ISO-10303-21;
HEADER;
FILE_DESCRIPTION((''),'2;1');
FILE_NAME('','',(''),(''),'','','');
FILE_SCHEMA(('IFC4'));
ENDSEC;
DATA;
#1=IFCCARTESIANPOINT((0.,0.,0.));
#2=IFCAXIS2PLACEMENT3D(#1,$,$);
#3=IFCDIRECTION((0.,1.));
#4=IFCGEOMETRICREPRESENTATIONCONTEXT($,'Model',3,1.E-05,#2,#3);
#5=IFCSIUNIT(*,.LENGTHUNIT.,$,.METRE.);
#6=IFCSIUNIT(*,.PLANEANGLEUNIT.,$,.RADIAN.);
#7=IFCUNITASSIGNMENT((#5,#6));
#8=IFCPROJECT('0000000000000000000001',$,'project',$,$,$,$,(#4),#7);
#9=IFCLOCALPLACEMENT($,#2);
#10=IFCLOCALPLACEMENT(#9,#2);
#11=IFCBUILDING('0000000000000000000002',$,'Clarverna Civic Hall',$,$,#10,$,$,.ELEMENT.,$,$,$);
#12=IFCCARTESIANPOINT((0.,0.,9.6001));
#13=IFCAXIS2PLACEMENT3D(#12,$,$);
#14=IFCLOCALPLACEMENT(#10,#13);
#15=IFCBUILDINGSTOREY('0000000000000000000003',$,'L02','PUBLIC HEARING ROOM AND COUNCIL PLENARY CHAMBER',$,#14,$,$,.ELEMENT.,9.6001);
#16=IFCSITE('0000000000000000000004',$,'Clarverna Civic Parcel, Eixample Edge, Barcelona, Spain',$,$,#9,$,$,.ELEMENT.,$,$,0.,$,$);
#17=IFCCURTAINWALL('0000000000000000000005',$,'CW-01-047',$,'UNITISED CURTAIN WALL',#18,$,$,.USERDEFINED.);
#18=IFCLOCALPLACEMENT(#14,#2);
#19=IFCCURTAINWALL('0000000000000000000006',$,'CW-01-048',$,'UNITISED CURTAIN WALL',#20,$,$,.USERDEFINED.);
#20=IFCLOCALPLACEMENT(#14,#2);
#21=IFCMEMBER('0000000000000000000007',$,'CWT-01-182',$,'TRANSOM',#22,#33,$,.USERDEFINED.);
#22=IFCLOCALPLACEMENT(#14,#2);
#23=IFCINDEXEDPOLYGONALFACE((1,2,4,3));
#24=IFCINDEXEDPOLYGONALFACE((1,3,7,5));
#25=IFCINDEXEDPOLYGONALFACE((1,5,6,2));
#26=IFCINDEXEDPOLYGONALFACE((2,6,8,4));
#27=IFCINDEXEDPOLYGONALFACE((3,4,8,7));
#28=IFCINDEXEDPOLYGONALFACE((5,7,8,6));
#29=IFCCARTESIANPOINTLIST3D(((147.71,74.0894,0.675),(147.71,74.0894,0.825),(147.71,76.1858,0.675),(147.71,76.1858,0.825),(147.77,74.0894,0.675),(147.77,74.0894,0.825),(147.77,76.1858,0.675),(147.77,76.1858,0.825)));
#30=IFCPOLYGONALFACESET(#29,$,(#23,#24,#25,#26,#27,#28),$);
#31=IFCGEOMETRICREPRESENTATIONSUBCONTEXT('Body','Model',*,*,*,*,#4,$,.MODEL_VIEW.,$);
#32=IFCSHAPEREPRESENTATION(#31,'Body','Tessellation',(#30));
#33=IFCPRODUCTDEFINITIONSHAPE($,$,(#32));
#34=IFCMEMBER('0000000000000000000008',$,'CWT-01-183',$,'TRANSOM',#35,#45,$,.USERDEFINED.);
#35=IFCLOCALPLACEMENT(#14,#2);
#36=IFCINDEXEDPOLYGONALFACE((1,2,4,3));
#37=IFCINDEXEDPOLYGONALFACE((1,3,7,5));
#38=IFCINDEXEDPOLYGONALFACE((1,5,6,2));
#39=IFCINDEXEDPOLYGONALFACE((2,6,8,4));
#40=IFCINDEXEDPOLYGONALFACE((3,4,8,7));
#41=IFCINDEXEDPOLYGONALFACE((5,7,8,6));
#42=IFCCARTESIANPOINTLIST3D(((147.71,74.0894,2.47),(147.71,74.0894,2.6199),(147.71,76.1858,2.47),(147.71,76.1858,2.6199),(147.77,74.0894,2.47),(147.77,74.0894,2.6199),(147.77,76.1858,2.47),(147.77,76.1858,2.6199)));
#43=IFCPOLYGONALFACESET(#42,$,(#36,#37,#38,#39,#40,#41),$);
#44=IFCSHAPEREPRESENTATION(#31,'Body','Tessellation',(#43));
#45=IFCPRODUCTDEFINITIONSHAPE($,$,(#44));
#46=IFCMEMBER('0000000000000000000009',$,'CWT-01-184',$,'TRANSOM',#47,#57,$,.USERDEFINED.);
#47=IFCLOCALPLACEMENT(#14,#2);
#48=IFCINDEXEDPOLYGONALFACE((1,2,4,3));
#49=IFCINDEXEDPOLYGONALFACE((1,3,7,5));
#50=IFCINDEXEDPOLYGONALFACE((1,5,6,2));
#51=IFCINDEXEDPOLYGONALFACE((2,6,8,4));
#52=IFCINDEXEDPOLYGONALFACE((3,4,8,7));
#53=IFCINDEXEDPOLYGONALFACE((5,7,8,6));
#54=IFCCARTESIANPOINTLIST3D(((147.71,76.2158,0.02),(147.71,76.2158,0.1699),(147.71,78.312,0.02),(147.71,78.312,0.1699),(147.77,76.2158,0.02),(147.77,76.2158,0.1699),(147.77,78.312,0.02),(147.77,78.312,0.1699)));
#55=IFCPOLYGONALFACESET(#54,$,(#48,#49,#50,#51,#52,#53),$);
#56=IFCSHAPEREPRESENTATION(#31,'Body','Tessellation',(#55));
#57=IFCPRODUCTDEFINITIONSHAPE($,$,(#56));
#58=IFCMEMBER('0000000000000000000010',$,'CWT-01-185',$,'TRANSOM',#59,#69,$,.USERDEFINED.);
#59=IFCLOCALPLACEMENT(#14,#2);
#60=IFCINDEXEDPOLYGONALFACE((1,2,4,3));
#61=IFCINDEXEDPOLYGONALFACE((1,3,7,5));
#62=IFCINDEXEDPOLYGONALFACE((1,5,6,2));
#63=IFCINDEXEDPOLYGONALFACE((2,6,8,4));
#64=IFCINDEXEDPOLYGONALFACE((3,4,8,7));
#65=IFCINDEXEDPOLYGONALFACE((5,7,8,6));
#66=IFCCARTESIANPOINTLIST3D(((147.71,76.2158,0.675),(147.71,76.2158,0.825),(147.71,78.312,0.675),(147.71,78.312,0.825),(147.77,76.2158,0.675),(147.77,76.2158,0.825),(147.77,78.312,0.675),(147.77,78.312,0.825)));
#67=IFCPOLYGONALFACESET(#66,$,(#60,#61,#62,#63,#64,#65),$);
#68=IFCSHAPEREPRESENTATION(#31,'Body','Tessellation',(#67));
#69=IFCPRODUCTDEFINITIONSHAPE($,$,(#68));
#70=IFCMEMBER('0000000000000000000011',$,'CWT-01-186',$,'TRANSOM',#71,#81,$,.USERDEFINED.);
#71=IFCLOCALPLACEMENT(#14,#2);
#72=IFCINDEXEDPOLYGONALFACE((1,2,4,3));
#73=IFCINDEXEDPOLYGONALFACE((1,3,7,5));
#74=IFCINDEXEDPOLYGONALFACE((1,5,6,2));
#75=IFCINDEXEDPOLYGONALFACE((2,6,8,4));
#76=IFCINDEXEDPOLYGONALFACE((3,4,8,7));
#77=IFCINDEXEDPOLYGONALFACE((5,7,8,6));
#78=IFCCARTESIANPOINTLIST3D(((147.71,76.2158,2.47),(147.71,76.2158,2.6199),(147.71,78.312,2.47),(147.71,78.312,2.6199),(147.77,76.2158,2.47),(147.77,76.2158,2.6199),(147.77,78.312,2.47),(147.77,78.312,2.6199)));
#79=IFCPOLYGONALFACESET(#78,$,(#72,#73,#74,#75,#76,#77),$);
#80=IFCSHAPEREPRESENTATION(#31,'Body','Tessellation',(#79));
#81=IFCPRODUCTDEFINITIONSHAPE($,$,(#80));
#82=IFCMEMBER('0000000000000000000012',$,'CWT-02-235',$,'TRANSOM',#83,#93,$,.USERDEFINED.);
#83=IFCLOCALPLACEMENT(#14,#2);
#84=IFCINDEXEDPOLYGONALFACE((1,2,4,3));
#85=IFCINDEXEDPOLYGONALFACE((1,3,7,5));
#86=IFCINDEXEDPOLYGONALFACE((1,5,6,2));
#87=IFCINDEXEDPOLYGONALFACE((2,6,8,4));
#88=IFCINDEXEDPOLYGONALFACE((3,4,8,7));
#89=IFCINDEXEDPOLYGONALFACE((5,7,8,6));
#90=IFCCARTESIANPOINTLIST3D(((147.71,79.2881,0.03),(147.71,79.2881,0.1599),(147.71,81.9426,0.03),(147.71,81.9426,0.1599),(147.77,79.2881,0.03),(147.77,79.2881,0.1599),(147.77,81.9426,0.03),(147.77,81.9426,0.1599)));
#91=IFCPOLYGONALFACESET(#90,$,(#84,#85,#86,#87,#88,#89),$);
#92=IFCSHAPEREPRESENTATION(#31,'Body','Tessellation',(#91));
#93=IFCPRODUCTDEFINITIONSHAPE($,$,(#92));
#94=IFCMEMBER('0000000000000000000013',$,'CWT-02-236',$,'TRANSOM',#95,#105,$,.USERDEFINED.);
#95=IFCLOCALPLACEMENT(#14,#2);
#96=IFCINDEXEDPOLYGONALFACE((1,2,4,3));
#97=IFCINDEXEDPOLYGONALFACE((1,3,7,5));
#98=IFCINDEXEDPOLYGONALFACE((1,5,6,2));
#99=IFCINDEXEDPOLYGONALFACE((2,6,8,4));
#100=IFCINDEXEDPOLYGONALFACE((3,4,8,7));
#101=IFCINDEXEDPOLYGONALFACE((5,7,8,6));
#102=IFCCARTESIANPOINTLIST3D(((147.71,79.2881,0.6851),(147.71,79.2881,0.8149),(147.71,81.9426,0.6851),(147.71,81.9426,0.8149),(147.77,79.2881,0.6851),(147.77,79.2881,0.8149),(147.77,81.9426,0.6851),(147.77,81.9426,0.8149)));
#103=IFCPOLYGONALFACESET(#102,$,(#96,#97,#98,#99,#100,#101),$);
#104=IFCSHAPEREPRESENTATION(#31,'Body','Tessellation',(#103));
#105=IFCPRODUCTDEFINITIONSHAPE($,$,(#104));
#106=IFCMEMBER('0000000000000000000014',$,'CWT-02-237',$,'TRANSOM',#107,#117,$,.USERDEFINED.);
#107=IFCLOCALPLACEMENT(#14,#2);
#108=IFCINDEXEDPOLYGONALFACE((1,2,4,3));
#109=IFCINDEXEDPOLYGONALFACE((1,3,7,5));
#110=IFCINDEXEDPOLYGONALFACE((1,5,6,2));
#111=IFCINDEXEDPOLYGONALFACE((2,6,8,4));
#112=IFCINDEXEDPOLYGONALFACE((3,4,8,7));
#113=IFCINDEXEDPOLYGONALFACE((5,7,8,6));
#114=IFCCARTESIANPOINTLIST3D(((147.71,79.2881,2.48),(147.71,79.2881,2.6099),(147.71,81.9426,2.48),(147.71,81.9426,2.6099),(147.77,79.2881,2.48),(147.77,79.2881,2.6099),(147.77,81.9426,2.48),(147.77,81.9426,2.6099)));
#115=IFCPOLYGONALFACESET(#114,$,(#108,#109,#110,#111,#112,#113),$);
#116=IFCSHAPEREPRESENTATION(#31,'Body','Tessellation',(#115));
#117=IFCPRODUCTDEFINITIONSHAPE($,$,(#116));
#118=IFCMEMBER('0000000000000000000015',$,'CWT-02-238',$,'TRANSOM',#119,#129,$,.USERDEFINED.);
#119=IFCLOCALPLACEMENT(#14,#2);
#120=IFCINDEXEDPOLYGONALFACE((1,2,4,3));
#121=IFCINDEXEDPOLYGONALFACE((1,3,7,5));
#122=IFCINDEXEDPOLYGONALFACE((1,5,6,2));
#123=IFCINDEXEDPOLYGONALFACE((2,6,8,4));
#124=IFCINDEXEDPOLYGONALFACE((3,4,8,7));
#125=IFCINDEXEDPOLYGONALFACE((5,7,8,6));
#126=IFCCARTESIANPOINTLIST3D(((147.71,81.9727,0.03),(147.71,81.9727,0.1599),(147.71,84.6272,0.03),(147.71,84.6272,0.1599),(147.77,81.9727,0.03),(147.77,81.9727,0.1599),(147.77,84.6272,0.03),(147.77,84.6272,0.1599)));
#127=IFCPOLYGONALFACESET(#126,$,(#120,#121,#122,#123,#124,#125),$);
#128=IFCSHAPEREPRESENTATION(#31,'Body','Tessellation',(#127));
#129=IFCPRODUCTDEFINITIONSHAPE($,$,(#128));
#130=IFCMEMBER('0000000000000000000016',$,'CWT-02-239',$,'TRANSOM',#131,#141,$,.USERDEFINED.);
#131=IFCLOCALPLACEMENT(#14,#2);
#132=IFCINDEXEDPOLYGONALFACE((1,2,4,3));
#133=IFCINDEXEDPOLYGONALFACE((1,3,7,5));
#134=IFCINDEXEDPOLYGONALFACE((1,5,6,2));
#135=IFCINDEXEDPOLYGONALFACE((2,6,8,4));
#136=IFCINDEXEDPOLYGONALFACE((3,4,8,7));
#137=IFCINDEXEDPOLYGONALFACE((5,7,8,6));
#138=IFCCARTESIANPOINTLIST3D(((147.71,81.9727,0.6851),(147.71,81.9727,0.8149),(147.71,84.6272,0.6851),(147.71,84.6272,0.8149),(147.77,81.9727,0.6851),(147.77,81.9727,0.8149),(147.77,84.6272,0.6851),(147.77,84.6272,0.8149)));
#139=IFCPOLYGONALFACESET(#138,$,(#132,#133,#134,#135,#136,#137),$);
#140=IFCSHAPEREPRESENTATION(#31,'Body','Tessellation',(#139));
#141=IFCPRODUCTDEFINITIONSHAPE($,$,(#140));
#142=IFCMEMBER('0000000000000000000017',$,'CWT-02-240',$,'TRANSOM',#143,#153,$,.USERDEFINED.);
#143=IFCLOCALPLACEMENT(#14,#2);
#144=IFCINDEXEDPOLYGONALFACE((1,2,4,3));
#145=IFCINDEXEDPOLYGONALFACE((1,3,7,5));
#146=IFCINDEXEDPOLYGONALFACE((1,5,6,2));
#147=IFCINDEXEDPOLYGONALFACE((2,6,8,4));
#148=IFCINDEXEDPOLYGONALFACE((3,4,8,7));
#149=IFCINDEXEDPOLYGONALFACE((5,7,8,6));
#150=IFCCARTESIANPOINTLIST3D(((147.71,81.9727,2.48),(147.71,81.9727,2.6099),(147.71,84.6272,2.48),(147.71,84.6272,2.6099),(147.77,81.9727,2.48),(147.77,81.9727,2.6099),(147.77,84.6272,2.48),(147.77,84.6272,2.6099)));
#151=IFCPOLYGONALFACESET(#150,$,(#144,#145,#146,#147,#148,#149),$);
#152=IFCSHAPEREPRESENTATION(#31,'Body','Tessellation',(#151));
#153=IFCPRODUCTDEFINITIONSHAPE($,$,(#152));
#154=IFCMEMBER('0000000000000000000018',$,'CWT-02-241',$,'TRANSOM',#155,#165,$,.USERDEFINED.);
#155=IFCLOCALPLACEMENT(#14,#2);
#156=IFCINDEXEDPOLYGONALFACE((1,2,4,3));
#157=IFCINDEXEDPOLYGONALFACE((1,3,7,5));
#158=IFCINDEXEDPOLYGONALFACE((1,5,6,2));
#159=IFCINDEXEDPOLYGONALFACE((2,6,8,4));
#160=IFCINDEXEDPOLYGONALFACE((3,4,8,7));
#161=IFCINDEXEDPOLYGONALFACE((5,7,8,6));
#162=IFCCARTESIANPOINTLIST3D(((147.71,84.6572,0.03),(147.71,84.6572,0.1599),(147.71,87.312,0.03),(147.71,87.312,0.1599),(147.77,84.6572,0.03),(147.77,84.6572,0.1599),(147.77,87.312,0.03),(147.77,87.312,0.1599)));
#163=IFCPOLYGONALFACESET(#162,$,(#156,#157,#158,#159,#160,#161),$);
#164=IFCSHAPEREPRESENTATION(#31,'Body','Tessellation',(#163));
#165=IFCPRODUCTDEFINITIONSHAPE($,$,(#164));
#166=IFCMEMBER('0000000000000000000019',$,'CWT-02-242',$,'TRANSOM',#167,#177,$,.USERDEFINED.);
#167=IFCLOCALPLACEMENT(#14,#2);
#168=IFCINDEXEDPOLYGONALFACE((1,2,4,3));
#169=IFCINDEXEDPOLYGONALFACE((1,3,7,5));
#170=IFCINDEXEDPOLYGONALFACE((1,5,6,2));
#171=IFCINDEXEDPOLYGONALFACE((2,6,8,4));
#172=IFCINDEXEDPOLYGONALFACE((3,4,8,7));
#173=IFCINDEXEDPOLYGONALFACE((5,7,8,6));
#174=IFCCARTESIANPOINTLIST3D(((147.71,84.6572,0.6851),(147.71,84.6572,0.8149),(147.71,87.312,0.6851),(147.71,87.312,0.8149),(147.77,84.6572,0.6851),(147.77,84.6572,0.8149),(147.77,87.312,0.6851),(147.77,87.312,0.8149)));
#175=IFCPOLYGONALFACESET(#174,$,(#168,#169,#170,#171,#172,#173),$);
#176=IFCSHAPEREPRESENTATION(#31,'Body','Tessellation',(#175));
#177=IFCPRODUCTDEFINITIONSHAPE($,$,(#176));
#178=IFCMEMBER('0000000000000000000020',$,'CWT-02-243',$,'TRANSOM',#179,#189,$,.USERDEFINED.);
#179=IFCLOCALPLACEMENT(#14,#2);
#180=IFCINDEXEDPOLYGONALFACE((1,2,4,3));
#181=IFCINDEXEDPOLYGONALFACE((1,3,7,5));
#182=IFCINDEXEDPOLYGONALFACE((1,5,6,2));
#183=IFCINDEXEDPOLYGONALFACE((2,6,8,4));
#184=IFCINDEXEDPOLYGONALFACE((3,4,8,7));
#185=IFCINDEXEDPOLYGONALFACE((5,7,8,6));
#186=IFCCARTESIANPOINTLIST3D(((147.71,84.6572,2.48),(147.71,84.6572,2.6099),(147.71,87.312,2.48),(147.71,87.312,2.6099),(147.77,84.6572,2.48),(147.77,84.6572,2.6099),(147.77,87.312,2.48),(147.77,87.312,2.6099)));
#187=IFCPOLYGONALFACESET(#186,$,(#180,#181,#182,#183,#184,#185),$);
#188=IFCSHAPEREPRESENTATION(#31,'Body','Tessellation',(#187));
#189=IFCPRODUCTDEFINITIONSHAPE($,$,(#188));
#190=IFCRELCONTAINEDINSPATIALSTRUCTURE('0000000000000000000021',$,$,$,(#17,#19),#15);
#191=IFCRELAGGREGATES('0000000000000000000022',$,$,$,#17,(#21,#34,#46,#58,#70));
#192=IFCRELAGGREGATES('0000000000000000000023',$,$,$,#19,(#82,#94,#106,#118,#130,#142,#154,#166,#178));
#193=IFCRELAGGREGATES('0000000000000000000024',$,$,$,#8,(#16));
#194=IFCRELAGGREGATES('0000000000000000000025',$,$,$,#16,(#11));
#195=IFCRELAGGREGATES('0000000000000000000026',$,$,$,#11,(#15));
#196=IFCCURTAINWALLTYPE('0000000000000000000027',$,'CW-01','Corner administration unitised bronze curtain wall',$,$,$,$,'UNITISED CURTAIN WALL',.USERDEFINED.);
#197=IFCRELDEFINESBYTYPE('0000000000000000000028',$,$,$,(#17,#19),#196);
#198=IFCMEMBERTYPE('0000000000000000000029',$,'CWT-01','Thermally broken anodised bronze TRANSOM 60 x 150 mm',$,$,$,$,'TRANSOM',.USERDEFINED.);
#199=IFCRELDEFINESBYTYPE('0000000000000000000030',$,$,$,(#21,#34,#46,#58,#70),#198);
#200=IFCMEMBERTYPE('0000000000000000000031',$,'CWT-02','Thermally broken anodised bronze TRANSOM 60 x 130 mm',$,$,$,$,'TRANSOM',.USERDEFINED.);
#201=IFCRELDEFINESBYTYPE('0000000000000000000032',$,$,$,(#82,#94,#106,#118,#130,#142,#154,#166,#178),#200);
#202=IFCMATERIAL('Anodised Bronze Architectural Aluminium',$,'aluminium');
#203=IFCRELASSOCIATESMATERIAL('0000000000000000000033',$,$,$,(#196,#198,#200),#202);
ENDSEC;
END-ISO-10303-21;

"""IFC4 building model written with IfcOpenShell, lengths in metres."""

from ifc_helpers import new_model, si_unit, direction, frame, origin, origin_2d, place, context, subcontext, project, spatial, rectangle, extrude, material, material_profile, profile_set, type_object, element, aggregate, save


model = new_model("IFC4")

# Units and contexts
model_context = context("Model", 3, precision=1e-05, world=origin(), true_north=direction((0.0, 1.0)))
body_context = subcontext(model_context, "Body", "Model", "MODEL_VIEW")
ifc_project = project(units=[si_unit("LENGTHUNIT", "METRE"), si_unit("PLANEANGLEUNIT", "RADIAN")], contexts=[model_context])

# Site, building, storey
site_placement = place(None, origin())
site = spatial("IfcSite", under=ifc_project, at=site_placement, Name="Clarverna Civic Parcel, Eixample Edge, Barcelona, Spain", CompositionType="ELEMENT", RefElevation=0.0)
building_placement = place(site_placement, origin())
building = spatial("IfcBuilding", under=site, at=building_placement, Name="Clarverna Civic Hall", CompositionType="ELEMENT")
storey_placement = place(building_placement, frame((0.0, 0.0, 9.6001)))
storey = spatial("IfcBuildingStorey", under=building, at=storey_placement, Name="L02", Description="PUBLIC HEARING ROOM AND COUNCIL PLENARY CHAMBER", CompositionType="ELEMENT", Elevation=9.6001)

# Curtain walls
ifc_material_1 = material(Name="Anodised Bronze Architectural Aluminium", Category="aluminium")
curtain_wall_type = type_object("IfcCurtainWallType", Name="CW-01", Description="Corner administration unitised bronze curtain wall", ElementType="UNITISED CURTAIN WALL", PredefinedType="USERDEFINED", material=ifc_material_1)
curtain_wall_1_placement = place(storey_placement, origin())
curtain_wall_1 = element("IfcCurtainWall", 1, at=curtain_wall_1_placement, inside=storey, type_object=curtain_wall_type, Name="CW-01-047", ObjectType="UNITISED CURTAIN WALL", PredefinedType="USERDEFINED")
curtain_wall_2_placement = place(storey_placement, origin())
curtain_wall_2 = element("IfcCurtainWall", 2, at=curtain_wall_2_placement, inside=storey, type_object=curtain_wall_type, Name="CW-01-048", ObjectType="UNITISED CURTAIN WALL", PredefinedType="USERDEFINED")

# Members
ifc_material_profile_1 = material_profile(ifc_material_1, rectangle(XDim=0.0601, YDim=0.1499, at=origin_2d()), Name="BRONZE 60x150")
ifc_profile_set_1 = profile_set([ifc_material_profile_1], Name="Anodised Bronze Architectural Aluminium")
member_type_1 = type_object("IfcMemberType", Name="CWT-01", Description="Thermally broken anodised bronze TRANSOM 60 x 150 mm", ElementType="TRANSOM", PredefinedType="USERDEFINED", material=ifc_profile_set_1)
member_1_placement = place(storey_placement, frame((147.74, 74.0894, 0.75), z_axis=(0.0, 1.0, 0.0), x_axis=(-1.0, 0.0, 0.0)))
member_1 = element("IfcMember", 3, at=member_1_placement, type_object=member_type_1, Name="CWT-01-182", ObjectType="TRANSOM", PredefinedType="USERDEFINED", context=body_context, shape_type="SweptSolid", body=[
    extrude(rectangle(XDim=0.0601, YDim=0.1499, at=origin_2d()), origin(), (0.0, 0.0, 1.0), 2.0964),
])
member_2_placement = place(storey_placement, frame((147.74, 74.0894, 2.5449), z_axis=(0.0, 1.0, 0.0), x_axis=(-1.0, 0.0, 0.0)))
member_2 = element("IfcMember", 4, at=member_2_placement, type_object=member_type_1, Name="CWT-01-183", ObjectType="TRANSOM", PredefinedType="USERDEFINED", context=body_context, shape_type="SweptSolid", body=[
    extrude(rectangle(XDim=0.0601, YDim=0.1499, at=origin_2d()), origin(), (0.0, 0.0, 1.0), 2.0964),
])
member_3_placement = place(storey_placement, frame((147.74, 76.2158, 0.095), z_axis=(0.0, 1.0, 0.0), x_axis=(-1.0, 0.0, 0.0)))
member_3 = element("IfcMember", 5, at=member_3_placement, type_object=member_type_1, Name="CWT-01-184", ObjectType="TRANSOM", PredefinedType="USERDEFINED", context=body_context, shape_type="SweptSolid", body=[
    extrude(rectangle(XDim=0.0601, YDim=0.1499, at=origin_2d()), origin(), (0.0, 0.0, 1.0), 2.0962),
])
member_4_placement = place(storey_placement, frame((147.74, 76.2158, 0.75), z_axis=(0.0, 1.0, 0.0), x_axis=(-1.0, 0.0, 0.0)))
member_4 = element("IfcMember", 6, at=member_4_placement, type_object=member_type_1, Name="CWT-01-185", ObjectType="TRANSOM", PredefinedType="USERDEFINED", context=body_context, shape_type="SweptSolid", body=[
    extrude(rectangle(XDim=0.0601, YDim=0.1499, at=origin_2d()), origin(), (0.0, 0.0, 1.0), 2.0962),
])
member_5_placement = place(storey_placement, frame((147.74, 76.2158, 2.5449), z_axis=(0.0, 1.0, 0.0), x_axis=(-1.0, 0.0, 0.0)))
member_5 = element("IfcMember", 7, at=member_5_placement, type_object=member_type_1, Name="CWT-01-186", ObjectType="TRANSOM", PredefinedType="USERDEFINED", context=body_context, shape_type="SweptSolid", body=[
    extrude(rectangle(XDim=0.0601, YDim=0.1499, at=origin_2d()), origin(), (0.0, 0.0, 1.0), 2.0962),
])
ifc_material_profile_2 = material_profile(ifc_material_1, rectangle(XDim=0.0601, YDim=0.1299, at=origin_2d()), Name="BRONZE 60x130")
ifc_profile_set_2 = profile_set([ifc_material_profile_2], Name="Anodised Bronze Architectural Aluminium")
member_type_2 = type_object("IfcMemberType", Name="CWT-02", Description="Thermally broken anodised bronze TRANSOM 60 x 130 mm", ElementType="TRANSOM", PredefinedType="USERDEFINED", material=ifc_profile_set_2)
member_6_placement = place(storey_placement, frame((147.74, 79.2881, 0.095), z_axis=(0.0, 1.0, 0.0), x_axis=(-1.0, 0.0, 0.0)))
member_6 = element("IfcMember", 8, at=member_6_placement, type_object=member_type_2, Name="CWT-02-235", ObjectType="TRANSOM", PredefinedType="USERDEFINED", context=body_context, shape_type="SweptSolid", body=[
    extrude(rectangle(XDim=0.0601, YDim=0.1299, at=origin_2d()), origin(), (0.0, 0.0, 1.0), 2.6545),
])
member_7_placement = place(storey_placement, frame((147.74, 79.2881, 0.75), z_axis=(0.0, 1.0, 0.0), x_axis=(-1.0, 0.0, 0.0)))
member_7 = element("IfcMember", 9, at=member_7_placement, type_object=member_type_2, Name="CWT-02-236", ObjectType="TRANSOM", PredefinedType="USERDEFINED", context=body_context, shape_type="SweptSolid", body=[
    extrude(rectangle(XDim=0.0601, YDim=0.1299, at=origin_2d()), origin(), (0.0, 0.0, 1.0), 2.6545),
])
member_8_placement = place(storey_placement, frame((147.74, 79.2881, 2.5449), z_axis=(0.0, 1.0, 0.0), x_axis=(-1.0, 0.0, 0.0)))
member_8 = element("IfcMember", 10, at=member_8_placement, type_object=member_type_2, Name="CWT-02-237", ObjectType="TRANSOM", PredefinedType="USERDEFINED", context=body_context, shape_type="SweptSolid", body=[
    extrude(rectangle(XDim=0.0601, YDim=0.1299, at=origin_2d()), origin(), (0.0, 0.0, 1.0), 2.6545),
])
member_9_placement = place(storey_placement, frame((147.74, 81.9727, 0.095), z_axis=(0.0, 1.0, 0.0), x_axis=(-1.0, 0.0, 0.0)))
member_9 = element("IfcMember", 11, at=member_9_placement, type_object=member_type_2, Name="CWT-02-238", ObjectType="TRANSOM", PredefinedType="USERDEFINED", context=body_context, shape_type="SweptSolid", body=[
    extrude(rectangle(XDim=0.0601, YDim=0.1299, at=origin_2d()), origin(), (0.0, 0.0, 1.0), 2.6545),
])
member_10_placement = place(storey_placement, frame((147.74, 81.9727, 0.75), z_axis=(0.0, 1.0, 0.0), x_axis=(-1.0, 0.0, 0.0)))
member_10 = element("IfcMember", 12, at=member_10_placement, type_object=member_type_2, Name="CWT-02-239", ObjectType="TRANSOM", PredefinedType="USERDEFINED", context=body_context, shape_type="SweptSolid", body=[
    extrude(rectangle(XDim=0.0601, YDim=0.1299, at=origin_2d()), origin(), (0.0, 0.0, 1.0), 2.6545),
])
member_11_placement = place(storey_placement, frame((147.74, 81.9727, 2.5449), z_axis=(0.0, 1.0, 0.0), x_axis=(-1.0, 0.0, 0.0)))
member_11 = element("IfcMember", 13, at=member_11_placement, type_object=member_type_2, Name="CWT-02-240", ObjectType="TRANSOM", PredefinedType="USERDEFINED", context=body_context, shape_type="SweptSolid", body=[
    extrude(rectangle(XDim=0.0601, YDim=0.1299, at=origin_2d()), origin(), (0.0, 0.0, 1.0), 2.6545),
])
member_12_placement = place(storey_placement, frame((147.74, 84.6572, 0.095), z_axis=(0.0, 1.0, 0.0), x_axis=(-1.0, 0.0, 0.0)))
member_12 = element("IfcMember", 14, at=member_12_placement, type_object=member_type_2, Name="CWT-02-241", ObjectType="TRANSOM", PredefinedType="USERDEFINED", context=body_context, shape_type="SweptSolid", body=[
    extrude(rectangle(XDim=0.0601, YDim=0.1299, at=origin_2d()), origin(), (0.0, 0.0, 1.0), 2.6548),
])
member_13_placement = place(storey_placement, frame((147.74, 84.6572, 0.75), z_axis=(0.0, 1.0, 0.0), x_axis=(-1.0, 0.0, 0.0)))
member_13 = element("IfcMember", 15, at=member_13_placement, type_object=member_type_2, Name="CWT-02-242", ObjectType="TRANSOM", PredefinedType="USERDEFINED", context=body_context, shape_type="SweptSolid", body=[
    extrude(rectangle(XDim=0.0601, YDim=0.1299, at=origin_2d()), origin(), (0.0, 0.0, 1.0), 2.6548),
])
member_14_placement = place(storey_placement, frame((147.74, 84.6572, 2.5449), z_axis=(0.0, 1.0, 0.0), x_axis=(-1.0, 0.0, 0.0)))
member_14 = element("IfcMember", 16, at=member_14_placement, type_object=member_type_2, Name="CWT-02-243", ObjectType="TRANSOM", PredefinedType="USERDEFINED", context=body_context, shape_type="SweptSolid", body=[
    extrude(rectangle(XDim=0.0601, YDim=0.1299, at=origin_2d()), origin(), (0.0, 0.0, 1.0), 2.6548),
])

aggregate(curtain_wall_1, [member_1, member_2, member_3, member_4, member_5])
aggregate(curtain_wall_2, [member_6, member_7, member_8, member_9, member_10, member_11, member_12, member_13, member_14])

save(model, "model.ifc")
